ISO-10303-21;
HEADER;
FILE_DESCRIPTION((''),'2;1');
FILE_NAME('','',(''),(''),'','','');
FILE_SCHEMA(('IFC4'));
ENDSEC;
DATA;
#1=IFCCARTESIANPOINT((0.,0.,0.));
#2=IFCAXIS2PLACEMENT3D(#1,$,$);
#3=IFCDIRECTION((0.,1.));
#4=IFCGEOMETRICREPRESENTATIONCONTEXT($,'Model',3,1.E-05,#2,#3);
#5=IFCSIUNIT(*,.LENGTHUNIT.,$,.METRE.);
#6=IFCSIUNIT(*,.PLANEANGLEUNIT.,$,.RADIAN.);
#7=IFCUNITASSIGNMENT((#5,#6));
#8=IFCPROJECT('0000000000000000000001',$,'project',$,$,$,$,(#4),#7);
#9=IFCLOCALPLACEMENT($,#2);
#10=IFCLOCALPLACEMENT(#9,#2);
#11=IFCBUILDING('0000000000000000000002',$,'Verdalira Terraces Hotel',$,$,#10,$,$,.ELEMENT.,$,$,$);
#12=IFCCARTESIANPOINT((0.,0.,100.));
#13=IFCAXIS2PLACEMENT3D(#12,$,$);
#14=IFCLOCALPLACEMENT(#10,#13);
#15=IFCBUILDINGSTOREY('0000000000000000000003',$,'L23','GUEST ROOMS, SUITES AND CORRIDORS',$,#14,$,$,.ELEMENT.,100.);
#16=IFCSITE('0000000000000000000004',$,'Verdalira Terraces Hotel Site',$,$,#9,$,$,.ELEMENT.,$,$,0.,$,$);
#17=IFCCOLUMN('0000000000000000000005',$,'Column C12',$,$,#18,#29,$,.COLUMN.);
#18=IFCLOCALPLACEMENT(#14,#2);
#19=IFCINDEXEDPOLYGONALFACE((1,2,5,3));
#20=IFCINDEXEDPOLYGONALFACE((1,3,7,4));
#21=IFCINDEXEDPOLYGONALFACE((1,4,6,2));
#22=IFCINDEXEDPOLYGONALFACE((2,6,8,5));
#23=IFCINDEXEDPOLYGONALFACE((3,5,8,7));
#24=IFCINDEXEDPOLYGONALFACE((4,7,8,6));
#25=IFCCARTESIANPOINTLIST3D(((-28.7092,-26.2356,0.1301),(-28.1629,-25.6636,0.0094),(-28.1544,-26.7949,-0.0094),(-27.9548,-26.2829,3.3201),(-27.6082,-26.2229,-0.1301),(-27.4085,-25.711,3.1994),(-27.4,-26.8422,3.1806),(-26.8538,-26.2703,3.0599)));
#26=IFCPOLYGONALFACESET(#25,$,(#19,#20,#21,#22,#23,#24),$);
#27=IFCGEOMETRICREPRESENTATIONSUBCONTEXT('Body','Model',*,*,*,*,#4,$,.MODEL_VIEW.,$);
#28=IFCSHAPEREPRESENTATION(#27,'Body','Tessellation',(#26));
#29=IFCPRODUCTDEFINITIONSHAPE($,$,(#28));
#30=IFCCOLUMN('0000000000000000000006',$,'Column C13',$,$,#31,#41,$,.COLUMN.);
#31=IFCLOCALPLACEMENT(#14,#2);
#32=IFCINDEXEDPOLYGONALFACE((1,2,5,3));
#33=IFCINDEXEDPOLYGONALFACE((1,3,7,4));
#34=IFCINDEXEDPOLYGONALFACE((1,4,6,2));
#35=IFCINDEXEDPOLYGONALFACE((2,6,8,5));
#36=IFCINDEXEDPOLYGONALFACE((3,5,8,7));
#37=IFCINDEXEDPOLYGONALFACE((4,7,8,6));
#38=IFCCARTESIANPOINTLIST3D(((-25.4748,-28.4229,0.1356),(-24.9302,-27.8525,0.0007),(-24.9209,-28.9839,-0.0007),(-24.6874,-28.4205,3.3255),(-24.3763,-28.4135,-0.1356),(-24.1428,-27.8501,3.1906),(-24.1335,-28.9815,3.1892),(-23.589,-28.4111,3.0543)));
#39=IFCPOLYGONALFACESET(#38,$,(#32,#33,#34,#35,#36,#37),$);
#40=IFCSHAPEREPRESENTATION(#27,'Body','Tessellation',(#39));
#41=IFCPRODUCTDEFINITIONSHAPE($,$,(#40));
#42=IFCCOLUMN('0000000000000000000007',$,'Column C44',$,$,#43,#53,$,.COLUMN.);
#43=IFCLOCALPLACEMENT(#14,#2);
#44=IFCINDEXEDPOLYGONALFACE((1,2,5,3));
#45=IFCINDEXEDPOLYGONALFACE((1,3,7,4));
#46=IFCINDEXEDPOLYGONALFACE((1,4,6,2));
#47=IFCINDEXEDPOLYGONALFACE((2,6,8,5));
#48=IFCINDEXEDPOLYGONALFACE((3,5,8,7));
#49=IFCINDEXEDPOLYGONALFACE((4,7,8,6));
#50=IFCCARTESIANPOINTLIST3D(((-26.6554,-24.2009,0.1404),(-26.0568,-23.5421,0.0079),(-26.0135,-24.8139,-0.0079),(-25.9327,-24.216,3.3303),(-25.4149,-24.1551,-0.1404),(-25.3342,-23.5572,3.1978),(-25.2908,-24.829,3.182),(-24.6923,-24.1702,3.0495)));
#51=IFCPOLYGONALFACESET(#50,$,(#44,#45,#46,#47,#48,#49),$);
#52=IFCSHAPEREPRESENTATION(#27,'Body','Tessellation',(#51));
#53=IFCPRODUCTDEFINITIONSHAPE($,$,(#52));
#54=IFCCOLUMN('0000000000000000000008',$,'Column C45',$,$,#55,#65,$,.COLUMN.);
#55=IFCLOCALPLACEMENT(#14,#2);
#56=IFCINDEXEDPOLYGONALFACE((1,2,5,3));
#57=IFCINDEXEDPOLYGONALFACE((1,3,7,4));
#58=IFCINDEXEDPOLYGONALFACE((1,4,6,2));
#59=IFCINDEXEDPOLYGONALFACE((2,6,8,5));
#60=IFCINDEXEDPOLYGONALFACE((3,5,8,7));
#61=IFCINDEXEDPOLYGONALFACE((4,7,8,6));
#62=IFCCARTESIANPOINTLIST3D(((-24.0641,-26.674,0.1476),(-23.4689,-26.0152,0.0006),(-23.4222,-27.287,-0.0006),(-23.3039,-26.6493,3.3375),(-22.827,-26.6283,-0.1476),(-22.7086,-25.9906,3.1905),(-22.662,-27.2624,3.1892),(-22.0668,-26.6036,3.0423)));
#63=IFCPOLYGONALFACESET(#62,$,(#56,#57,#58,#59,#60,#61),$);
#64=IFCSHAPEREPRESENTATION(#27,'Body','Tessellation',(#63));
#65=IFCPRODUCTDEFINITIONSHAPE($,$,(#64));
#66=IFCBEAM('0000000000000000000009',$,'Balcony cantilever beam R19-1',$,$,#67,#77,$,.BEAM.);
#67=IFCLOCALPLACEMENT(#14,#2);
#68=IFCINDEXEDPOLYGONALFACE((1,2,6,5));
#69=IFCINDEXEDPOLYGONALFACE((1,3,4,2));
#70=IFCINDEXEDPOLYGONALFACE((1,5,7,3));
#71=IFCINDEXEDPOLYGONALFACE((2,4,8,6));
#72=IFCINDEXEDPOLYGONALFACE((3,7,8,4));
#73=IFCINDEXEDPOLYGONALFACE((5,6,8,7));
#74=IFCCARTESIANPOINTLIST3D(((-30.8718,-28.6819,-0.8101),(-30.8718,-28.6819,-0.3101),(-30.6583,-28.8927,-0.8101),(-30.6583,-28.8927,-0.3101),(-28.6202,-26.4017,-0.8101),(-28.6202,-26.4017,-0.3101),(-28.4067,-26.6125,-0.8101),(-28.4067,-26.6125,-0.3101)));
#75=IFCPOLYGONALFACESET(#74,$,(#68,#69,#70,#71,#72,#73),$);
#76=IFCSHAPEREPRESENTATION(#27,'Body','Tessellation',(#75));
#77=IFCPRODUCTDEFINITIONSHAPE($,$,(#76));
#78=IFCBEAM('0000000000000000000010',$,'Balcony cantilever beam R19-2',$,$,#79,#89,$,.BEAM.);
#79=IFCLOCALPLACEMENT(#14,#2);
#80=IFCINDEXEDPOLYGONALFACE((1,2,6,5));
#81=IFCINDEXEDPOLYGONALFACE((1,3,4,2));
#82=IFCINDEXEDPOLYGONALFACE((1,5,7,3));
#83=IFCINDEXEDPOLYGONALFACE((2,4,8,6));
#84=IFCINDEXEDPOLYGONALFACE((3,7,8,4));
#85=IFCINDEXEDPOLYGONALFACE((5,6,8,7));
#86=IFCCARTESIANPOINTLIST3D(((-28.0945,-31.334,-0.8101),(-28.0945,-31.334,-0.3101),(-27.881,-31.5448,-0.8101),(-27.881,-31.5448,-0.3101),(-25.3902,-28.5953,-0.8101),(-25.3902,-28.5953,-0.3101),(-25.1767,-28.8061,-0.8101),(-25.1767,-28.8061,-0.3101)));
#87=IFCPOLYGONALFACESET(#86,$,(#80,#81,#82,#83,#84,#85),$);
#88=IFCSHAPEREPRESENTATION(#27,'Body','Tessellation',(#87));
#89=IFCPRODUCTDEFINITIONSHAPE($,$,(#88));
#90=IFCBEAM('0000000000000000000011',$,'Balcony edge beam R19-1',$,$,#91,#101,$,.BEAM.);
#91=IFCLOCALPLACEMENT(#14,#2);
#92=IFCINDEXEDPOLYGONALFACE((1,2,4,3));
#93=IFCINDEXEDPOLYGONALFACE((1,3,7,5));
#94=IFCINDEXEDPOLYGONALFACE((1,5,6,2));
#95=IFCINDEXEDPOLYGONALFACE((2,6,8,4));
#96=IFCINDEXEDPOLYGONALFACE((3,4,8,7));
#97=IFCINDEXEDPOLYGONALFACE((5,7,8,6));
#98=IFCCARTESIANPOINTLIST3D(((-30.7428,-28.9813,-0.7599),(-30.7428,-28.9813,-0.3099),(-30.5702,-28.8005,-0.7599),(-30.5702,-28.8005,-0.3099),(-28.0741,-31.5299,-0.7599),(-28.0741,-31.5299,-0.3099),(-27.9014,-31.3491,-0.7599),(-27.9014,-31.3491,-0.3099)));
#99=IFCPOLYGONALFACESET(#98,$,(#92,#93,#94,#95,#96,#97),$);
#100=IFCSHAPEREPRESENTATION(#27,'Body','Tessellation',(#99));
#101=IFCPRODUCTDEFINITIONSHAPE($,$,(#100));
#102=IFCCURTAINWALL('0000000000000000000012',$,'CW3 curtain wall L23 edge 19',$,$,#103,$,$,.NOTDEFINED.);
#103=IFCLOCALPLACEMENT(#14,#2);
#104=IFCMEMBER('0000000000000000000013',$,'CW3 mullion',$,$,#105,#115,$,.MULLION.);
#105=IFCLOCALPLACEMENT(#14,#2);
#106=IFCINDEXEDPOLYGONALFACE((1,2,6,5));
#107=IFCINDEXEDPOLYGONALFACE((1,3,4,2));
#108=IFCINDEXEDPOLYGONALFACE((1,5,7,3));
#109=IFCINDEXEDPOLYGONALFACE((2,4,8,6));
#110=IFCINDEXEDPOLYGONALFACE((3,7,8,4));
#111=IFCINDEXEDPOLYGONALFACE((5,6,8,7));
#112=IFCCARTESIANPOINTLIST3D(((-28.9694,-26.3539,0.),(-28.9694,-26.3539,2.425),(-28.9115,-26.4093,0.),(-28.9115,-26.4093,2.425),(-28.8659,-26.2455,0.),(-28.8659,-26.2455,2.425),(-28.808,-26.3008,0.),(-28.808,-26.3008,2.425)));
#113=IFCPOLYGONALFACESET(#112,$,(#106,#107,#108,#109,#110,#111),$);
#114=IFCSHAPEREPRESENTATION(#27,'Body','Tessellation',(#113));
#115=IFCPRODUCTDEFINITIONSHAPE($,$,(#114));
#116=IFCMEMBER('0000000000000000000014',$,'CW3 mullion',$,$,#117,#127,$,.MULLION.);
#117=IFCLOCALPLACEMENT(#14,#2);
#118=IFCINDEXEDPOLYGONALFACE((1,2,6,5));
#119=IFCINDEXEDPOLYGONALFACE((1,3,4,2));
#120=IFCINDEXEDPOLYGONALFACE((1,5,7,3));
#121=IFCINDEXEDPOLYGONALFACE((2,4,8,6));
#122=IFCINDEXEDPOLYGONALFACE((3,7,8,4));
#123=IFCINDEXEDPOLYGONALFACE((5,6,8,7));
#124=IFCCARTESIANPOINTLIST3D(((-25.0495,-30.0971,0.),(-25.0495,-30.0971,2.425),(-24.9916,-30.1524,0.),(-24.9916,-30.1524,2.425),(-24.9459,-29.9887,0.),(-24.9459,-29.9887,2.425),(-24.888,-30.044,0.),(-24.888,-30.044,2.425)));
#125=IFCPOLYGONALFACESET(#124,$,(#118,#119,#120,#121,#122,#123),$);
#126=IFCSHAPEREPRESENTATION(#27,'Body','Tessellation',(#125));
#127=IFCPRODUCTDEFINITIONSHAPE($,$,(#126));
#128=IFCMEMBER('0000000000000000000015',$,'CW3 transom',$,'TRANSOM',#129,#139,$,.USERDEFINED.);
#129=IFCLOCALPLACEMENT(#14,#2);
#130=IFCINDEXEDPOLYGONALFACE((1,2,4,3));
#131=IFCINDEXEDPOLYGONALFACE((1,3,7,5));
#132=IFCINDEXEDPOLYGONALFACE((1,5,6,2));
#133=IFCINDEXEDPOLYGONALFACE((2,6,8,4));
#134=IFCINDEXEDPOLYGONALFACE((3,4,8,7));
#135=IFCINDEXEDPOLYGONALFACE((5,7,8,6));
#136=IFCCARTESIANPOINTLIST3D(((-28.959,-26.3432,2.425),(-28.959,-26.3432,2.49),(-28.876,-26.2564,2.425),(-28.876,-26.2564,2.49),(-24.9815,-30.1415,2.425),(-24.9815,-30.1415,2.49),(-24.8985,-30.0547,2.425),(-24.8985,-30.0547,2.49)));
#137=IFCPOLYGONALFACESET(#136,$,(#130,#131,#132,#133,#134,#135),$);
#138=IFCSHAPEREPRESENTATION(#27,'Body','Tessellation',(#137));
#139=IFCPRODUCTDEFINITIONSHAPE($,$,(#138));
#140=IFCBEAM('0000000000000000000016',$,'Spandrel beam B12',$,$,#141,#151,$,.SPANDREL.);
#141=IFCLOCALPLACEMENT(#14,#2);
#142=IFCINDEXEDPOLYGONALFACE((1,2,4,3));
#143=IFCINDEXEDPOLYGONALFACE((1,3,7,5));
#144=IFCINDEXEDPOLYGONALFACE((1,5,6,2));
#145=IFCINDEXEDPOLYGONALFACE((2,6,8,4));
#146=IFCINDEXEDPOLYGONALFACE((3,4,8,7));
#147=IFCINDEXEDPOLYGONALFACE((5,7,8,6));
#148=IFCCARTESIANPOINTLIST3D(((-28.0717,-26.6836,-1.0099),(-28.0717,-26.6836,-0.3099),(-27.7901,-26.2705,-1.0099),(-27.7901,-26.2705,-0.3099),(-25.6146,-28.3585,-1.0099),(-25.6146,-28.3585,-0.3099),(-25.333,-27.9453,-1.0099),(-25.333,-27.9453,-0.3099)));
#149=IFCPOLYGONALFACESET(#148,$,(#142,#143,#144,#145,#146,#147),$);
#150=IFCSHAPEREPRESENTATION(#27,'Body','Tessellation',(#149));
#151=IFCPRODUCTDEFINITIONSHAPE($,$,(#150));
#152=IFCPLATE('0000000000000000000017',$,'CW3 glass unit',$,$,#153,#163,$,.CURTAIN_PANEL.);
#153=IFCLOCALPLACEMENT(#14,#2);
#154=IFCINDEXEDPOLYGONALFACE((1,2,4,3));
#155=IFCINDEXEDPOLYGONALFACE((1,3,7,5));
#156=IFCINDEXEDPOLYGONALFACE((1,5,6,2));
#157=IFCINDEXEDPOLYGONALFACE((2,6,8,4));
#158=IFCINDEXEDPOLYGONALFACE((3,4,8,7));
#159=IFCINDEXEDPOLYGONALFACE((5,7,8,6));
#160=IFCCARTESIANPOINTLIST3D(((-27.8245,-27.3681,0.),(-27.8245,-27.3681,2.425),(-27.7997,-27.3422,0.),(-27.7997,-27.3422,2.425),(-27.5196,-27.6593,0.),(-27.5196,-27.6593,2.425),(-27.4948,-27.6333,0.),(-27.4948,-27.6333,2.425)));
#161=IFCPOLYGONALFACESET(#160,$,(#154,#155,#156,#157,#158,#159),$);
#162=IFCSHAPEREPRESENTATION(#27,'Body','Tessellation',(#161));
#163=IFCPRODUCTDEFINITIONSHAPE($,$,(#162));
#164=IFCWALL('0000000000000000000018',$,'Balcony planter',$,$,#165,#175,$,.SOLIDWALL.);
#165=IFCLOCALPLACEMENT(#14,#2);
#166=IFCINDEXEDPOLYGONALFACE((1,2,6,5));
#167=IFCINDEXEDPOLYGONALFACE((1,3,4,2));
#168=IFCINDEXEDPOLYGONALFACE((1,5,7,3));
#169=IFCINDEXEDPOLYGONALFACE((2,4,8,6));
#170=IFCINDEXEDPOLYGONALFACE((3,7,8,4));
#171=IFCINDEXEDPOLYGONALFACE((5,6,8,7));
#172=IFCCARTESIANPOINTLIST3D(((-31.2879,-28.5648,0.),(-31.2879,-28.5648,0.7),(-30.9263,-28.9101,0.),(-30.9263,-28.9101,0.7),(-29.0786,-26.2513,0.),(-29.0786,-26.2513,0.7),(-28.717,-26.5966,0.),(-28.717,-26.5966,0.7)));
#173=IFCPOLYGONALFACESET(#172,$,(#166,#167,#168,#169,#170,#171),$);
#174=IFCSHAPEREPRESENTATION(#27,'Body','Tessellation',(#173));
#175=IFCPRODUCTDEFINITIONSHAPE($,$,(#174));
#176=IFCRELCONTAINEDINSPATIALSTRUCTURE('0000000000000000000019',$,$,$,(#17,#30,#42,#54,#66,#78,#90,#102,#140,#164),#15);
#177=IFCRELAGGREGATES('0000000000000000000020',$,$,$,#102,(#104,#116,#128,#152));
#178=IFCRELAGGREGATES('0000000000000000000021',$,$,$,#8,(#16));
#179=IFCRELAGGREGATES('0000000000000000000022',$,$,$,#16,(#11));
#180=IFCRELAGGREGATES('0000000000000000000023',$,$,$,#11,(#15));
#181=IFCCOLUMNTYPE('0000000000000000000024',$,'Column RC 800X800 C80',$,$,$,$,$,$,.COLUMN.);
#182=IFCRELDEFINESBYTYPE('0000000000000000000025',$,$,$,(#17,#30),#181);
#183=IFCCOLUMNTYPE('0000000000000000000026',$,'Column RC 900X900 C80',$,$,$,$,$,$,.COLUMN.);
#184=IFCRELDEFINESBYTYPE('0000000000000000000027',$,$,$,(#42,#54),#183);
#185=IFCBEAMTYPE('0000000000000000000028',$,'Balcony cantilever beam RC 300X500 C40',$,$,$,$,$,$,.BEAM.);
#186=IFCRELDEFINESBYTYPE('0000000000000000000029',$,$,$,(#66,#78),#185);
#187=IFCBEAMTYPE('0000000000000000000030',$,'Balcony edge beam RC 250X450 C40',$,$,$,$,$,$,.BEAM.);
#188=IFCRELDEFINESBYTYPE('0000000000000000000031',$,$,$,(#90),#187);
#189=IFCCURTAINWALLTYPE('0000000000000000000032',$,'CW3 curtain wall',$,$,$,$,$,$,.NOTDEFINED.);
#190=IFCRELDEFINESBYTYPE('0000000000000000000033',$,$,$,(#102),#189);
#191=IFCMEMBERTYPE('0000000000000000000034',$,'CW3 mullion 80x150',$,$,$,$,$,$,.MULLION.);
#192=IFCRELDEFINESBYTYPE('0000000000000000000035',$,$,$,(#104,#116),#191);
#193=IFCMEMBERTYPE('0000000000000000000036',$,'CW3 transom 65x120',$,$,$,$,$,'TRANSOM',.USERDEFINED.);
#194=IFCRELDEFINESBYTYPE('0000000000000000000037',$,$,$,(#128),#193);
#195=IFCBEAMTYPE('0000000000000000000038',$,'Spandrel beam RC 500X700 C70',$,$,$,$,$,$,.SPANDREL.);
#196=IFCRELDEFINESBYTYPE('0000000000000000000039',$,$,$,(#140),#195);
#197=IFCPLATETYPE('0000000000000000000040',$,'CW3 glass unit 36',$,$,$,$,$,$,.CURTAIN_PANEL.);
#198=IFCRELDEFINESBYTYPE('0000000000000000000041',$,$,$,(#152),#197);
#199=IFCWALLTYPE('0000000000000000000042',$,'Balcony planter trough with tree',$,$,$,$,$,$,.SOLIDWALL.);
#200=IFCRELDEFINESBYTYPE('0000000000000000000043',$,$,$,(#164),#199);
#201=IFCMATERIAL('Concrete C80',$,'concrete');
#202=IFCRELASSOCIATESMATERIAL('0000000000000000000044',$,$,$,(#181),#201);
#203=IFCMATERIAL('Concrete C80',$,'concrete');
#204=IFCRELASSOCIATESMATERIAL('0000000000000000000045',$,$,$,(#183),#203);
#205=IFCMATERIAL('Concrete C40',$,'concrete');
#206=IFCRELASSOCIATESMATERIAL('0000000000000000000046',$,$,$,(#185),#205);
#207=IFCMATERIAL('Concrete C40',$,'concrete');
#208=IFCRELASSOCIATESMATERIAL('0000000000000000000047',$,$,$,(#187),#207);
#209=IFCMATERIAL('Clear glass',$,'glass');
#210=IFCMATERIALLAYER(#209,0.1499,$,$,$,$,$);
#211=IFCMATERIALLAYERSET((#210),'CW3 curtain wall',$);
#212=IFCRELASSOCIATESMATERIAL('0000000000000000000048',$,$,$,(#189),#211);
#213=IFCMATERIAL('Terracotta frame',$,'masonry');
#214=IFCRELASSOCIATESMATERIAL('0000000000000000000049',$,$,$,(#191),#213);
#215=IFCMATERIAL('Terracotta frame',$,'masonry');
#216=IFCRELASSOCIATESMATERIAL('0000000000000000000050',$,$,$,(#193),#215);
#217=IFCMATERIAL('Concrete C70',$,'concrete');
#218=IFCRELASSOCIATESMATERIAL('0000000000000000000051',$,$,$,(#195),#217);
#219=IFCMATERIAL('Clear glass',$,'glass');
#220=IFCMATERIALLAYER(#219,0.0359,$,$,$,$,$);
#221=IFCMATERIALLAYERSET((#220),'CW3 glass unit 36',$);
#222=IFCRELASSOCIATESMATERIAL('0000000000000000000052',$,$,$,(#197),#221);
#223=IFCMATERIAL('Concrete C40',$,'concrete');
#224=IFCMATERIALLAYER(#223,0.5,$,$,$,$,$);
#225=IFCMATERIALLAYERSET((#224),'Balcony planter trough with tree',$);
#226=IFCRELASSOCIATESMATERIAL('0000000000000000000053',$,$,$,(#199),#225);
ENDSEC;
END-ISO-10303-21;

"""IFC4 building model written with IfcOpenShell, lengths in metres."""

from ifc_helpers import new_model, si_unit, direction, frame, frame_2d, origin, origin_2d, place, context, subcontext, project, spatial, rectangle, extrude, material, layer, layer_set, material_profile, profile_set, type_object, element, aggregate, save


model = new_model("IFC4")

# Units and contexts
model_context = context("Model", 3, precision=1e-05, world=origin(), true_north=direction((0.0, 1.0)))
body_context = subcontext(model_context, "Body", "Model", "MODEL_VIEW")
ifc_project = project(units=[si_unit("LENGTHUNIT", "METRE"), si_unit("PLANEANGLEUNIT", "RADIAN")], contexts=[model_context])

# Site, building, storey
site_placement = place(None, origin())
site = spatial("IfcSite", under=ifc_project, at=site_placement, Name="Verdalira Terraces Hotel Site", CompositionType="ELEMENT", RefElevation=0.0)
building_placement = place(site_placement, origin())
building = spatial("IfcBuilding", under=site, at=building_placement, Name="Verdalira Terraces Hotel", CompositionType="ELEMENT")
storey_placement = place(building_placement, frame((0.0, 0.0, 100.0)))
storey = spatial("IfcBuildingStorey", under=building, at=storey_placement, Name="L23", Description="GUEST ROOMS, SUITES AND CORRIDORS", CompositionType="ELEMENT", Elevation=100.0)

# Columns
ifc_material_1 = material(Name="Concrete C80", Category="concrete")
ifc_material_profile_1 = material_profile(ifc_material_1, rectangle(XDim=0.8, YDim=0.8, at=origin_2d()), Name="RC 800X800")
ifc_profile_set_1 = profile_set([ifc_material_profile_1], Name="Concrete C80")
column_type_1 = type_object("IfcColumnType", Name="Column RC 800X800 C80", PredefinedType="COLUMN", material=ifc_profile_set_1)
column_1_placement = place(storey_placement, frame((-28.1587, -26.2292, 0.0), z_axis=(0.230119, -0.014448, 0.973055), x_axis=(0.693432, -0.699104, -0.174371)))
element("IfcColumn", 1, at=column_1_placement, inside=storey, type_object=column_type_1, Name="Column C12", PredefinedType="COLUMN", context=body_context, shape_type="SweptSolid", body=[
    extrude(rectangle(XDim=0.8, YDim=0.8, at=origin_2d()), origin(), (0.0, 0.0, 1.0), 3.2783),
])
column_2_placement = place(storey_placement, frame((-24.9255, -28.4182, 0.0), z_axis=(0.239632, 0.000743, 0.970863), x_axis=(0.69229, -0.701228, -0.170337)))
element("IfcColumn", 2, at=column_2_placement, inside=storey, type_object=column_type_1, Name="Column C13", PredefinedType="COLUMN", context=body_context, shape_type="SweptSolid", body=[
    extrude(rectangle(XDim=0.8, YDim=0.8, at=origin_2d()), origin(), (0.0, 0.0, 1.0), 3.2856),
])
ifc_material_2 = material(Name="Concrete C80", Category="concrete")
ifc_material_profile_2 = material_profile(ifc_material_2, rectangle(XDim=0.8999, YDim=0.8999, at=origin_2d()), Name="RC 900X900")
ifc_profile_set_2 = profile_set([ifc_material_profile_2], Name="Concrete C80")
column_type_2 = type_object("IfcColumnType", Name="Column RC 900X900 C80", PredefinedType="COLUMN", material=ifc_profile_set_2)
column_3_placement = place(storey_placement, frame((-26.0352, -24.178, 0.0), z_axis=(0.220941, -0.004628, 0.975276), x_axis=(-0.665106, -0.732097, 0.147201)))
element("IfcColumn", 3, at=column_3_placement, inside=storey, type_object=column_type_2, Name="Column C44", PredefinedType="COLUMN", context=body_context, shape_type="SweptSolid", body=[
    extrude(rectangle(XDim=0.8999, YDim=0.8999, at=origin_2d()), origin(), (0.0, 0.0, 1.0), 3.2708),
])
column_4_placement = place(storey_placement, frame((-23.4456, -26.6511, 0.0), z_axis=(0.231829, 0.007519, 0.972728), x_axis=(-0.661441, -0.732004, 0.163299)))
element("IfcColumn", 4, at=column_4_placement, inside=storey, type_object=column_type_2, Name="Column C45", PredefinedType="COLUMN", context=body_context, shape_type="SweptSolid", body=[
    extrude(rectangle(XDim=0.8999, YDim=0.8999, at=origin_2d()), origin(), (0.0, 0.0, 1.0), 3.2793),
])

# Beams
ifc_material_3 = material(Name="Concrete C40", Category="concrete")
ifc_material_profile_3 = material_profile(ifc_material_3, rectangle(XDim=0.3, YDim=0.5, at=origin_2d()), Name="RC 300X500")
ifc_profile_set_3 = profile_set([ifc_material_profile_3], Name="Concrete C40")
beam_type_1 = type_object("IfcBeamType", Name="Balcony cantilever beam RC 300X500 C40", PredefinedType="BEAM", material=ifc_profile_set_3)
beam_1_placement = place(storey_placement, frame((-28.5134, -26.5071, -0.5601), z_axis=(-0.702636, -0.711549, 0.0), x_axis=(0.711549, -0.702636, 0.0)))
element("IfcBeam", 5, at=beam_1_placement, inside=storey, type_object=beam_type_1, Name="Balcony cantilever beam R19-1", PredefinedType="BEAM", context=body_context, shape_type="SweptSolid", body=[
    extrude(rectangle(XDim=0.3, YDim=0.5, at=origin_2d()), origin(), (0.0, 0.0, 1.0), 3.2046),
])
beam_2_placement = place(storey_placement, frame((-25.2834, -28.7007, -0.5601), z_axis=(-0.702621, -0.711564, 0.0), x_axis=(0.711564, -0.702621, 0.0)))
element("IfcBeam", 6, at=beam_2_placement, inside=storey, type_object=beam_type_1, Name="Balcony cantilever beam R19-2", PredefinedType="BEAM", context=body_context, shape_type="SweptSolid", body=[
    extrude(rectangle(XDim=0.3, YDim=0.5, at=origin_2d()), origin(), (0.0, 0.0, 1.0), 3.8489),
])
ifc_material_4 = material(Name="Concrete C40", Category="concrete")
ifc_material_profile_4 = material_profile(ifc_material_4, rectangle(XDim=0.25, YDim=0.45, at=origin_2d()), Name="RC 250X450")
ifc_profile_set_4 = profile_set([ifc_material_profile_4], Name="Concrete C40")
beam_type_2 = type_object("IfcBeamType", Name="Balcony edge beam RC 250X450 C40", PredefinedType="BEAM", material=ifc_profile_set_4)
beam_3_placement = place(storey_placement, frame((-30.6565, -28.8909, -0.5349), z_axis=(0.723195, -0.690644, 0.0), x_axis=(0.690644, 0.723195, 0.0)))
element("IfcBeam", 7, at=beam_3_placement, inside=storey, type_object=beam_type_2, Name="Balcony edge beam R19-1", PredefinedType="BEAM", context=body_context, shape_type="SweptSolid", body=[
    extrude(rectangle(XDim=0.25, YDim=0.45, at=origin_2d()), origin(), (0.0, 0.0, 1.0), 3.6902),
])

# Curtain wall, members
ifc_material_5 = material(Name="Clear glass", Category="glass")
ifc_layer_1 = layer(ifc_material_5, 0.1499)
ifc_layer_set_1 = layer_set([ifc_layer_1], Name="CW3 curtain wall")
curtain_wall_type = type_object("IfcCurtainWallType", Name="CW3 curtain wall", PredefinedType="NOTDEFINED", material=ifc_layer_set_1)
curtain_wall_placement = place(storey_placement, origin())
curtain_wall = element("IfcCurtainWall", 8, at=curtain_wall_placement, inside=storey, type_object=curtain_wall_type, Name="CW3 curtain wall L23 edge 19", PredefinedType="NOTDEFINED")
ifc_material_6 = material(Name="Terracotta frame", Category="masonry")
ifc_material_profile_5 = material_profile(ifc_material_6, rectangle(XDim=0.0801, YDim=0.1499, at=origin_2d()), Name="MU 80x150")
ifc_profile_set_5 = profile_set([ifc_material_profile_5], Name="Terracotta frame")
member_type_1 = type_object("IfcMemberType", Name="CW3 mullion 80x150", PredefinedType="MULLION", material=ifc_profile_set_5)
member_1_placement = place(storey_placement, frame((-28.8887, -26.3274, 0.0), z_axis=(0.0, 0.0, 1.0), x_axis=(0.723208, -0.69063, 0.0)))
member_1 = element("IfcMember", 9, at=member_1_placement, type_object=member_type_1, Name="CW3 mullion", PredefinedType="MULLION", context=body_context, shape_type="SweptSolid", body=[
    extrude(rectangle(XDim=0.0801, YDim=0.1499, at=origin_2d()), origin(), (0.0, 0.0, 1.0), 2.425),
])
member_2_placement = place(storey_placement, frame((-24.9688, -30.0706, 0.0), z_axis=(0.0, 0.0, 1.0), x_axis=(0.723208, -0.69063, 0.0)))
member_2 = element("IfcMember", 10, at=member_2_placement, type_object=member_type_1, Name="CW3 mullion", PredefinedType="MULLION", context=body_context, shape_type="SweptSolid", body=[
    extrude(rectangle(XDim=0.0801, YDim=0.1499, at=origin_2d()), origin(), (0.0, 0.0, 1.0), 2.425),
])
ifc_material_7 = material(Name="Terracotta frame", Category="masonry")
ifc_material_profile_6 = material_profile(ifc_material_7, rectangle(XDim=0.1201, YDim=0.0649, at=origin_2d()), Name="TR 65x120")
ifc_profile_set_6 = profile_set([ifc_material_profile_6], Name="Terracotta frame")
member_type_2 = type_object("IfcMemberType", Name="CW3 transom 65x120", ElementType="TRANSOM", PredefinedType="USERDEFINED", material=ifc_profile_set_6)
member_3_placement = place(storey_placement, frame((-28.9175, -26.2998, 2.4575), z_axis=(0.72321, -0.690628, 0.0), x_axis=(0.690628, 0.72321, 0.0)))
member_3 = element("IfcMember", 11, at=member_3_placement, type_object=member_type_2, Name="CW3 transom", ObjectType="TRANSOM", PredefinedType="USERDEFINED", context=body_context, shape_type="SweptSolid", body=[
    extrude(rectangle(XDim=0.1201, YDim=0.0649, at=origin_2d()), origin(), (0.0, 0.0, 1.0), 5.4998),
])

# Beam
ifc_material_8 = material(Name="Concrete C70", Category="concrete")
ifc_material_profile_7 = material_profile(ifc_material_8, rectangle(XDim=0.5, YDim=0.7, at=origin_2d()), Name="RC 500X700")
ifc_profile_set_7 = profile_set([ifc_material_profile_7], Name="Concrete C70")
beam_type_3 = type_object("IfcBeamType", Name="Spandrel beam RC 500X700 C70", PredefinedType="SPANDREL", material=ifc_profile_set_7)
beam_4_placement = place(storey_placement, frame((-27.9309, -26.4771, -0.6599), z_axis=(0.826297, -0.563235, 0.0), x_axis=(0.563235, 0.826297, 0.0)))
element("IfcBeam", 12, at=beam_4_placement, inside=storey, type_object=beam_type_3, Name="Spandrel beam B12", PredefinedType="SPANDREL", context=body_context, shape_type="SweptSolid", body=[
    extrude(rectangle(XDim=0.5, YDim=0.7, at=origin_2d()), origin(), (0.0, 0.0, 1.0), 2.9736),
])

# Plate
ifc_material_9 = material(Name="Clear glass", Category="glass")
ifc_layer_2 = layer(ifc_material_9, 0.0359)
ifc_layer_set_2 = layer_set([ifc_layer_2], Name="CW3 glass unit 36")
plate_type = type_object("IfcPlateType", Name="CW3 glass unit 36", PredefinedType="CURTAIN_PANEL", material=ifc_layer_set_2)
plate_placement = place(storey_placement, frame((-27.6597, -27.5007, 0.0), z_axis=(0.0, 0.0, 1.0), x_axis=(0.723208, -0.69063, 0.0)))
plate = element("IfcPlate", 13, at=plate_placement, type_object=plate_type, Name="CW3 glass unit", PredefinedType="CURTAIN_PANEL", context=body_context, shape_type="SweptSolid", body=[
    extrude(rectangle(XDim=0.4216, YDim=0.0359, at=origin_2d()), origin(), (0.0, 0.0, 1.0), 2.425),
])
aggregate(curtain_wall, [member_1, member_2, member_3, plate])

# Wall
ifc_material_10 = material(Name="Concrete C40", Category="concrete")
ifc_layer_3 = layer(ifc_material_10, 0.5)
ifc_layer_set_3 = layer_set([ifc_layer_3], Name="Balcony planter trough with tree")
wall_type_1 = type_object("IfcWallType", Name="Balcony planter trough with tree", PredefinedType="SOLIDWALL", material=ifc_layer_set_3)
wall_1_placement = place(storey_placement, frame((-28.8977, -26.4238, 0.0), z_axis=(0.0, 0.0, 1.0), x_axis=(-0.690625, -0.723213, 0.0)))
element("IfcWall", 14, at=wall_1_placement, inside=storey, type_object=wall_type_1, Name="Balcony planter", PredefinedType="SOLIDWALL", context=body_context, shape_type="SweptSolid", body=[
    extrude(rectangle(XDim=3.199, YDim=0.5, at=frame_2d((1.5996, 0.0))), origin(), (0.0, 0.0, 1.0), 0.7),
])

save(model, "model.ifc")
